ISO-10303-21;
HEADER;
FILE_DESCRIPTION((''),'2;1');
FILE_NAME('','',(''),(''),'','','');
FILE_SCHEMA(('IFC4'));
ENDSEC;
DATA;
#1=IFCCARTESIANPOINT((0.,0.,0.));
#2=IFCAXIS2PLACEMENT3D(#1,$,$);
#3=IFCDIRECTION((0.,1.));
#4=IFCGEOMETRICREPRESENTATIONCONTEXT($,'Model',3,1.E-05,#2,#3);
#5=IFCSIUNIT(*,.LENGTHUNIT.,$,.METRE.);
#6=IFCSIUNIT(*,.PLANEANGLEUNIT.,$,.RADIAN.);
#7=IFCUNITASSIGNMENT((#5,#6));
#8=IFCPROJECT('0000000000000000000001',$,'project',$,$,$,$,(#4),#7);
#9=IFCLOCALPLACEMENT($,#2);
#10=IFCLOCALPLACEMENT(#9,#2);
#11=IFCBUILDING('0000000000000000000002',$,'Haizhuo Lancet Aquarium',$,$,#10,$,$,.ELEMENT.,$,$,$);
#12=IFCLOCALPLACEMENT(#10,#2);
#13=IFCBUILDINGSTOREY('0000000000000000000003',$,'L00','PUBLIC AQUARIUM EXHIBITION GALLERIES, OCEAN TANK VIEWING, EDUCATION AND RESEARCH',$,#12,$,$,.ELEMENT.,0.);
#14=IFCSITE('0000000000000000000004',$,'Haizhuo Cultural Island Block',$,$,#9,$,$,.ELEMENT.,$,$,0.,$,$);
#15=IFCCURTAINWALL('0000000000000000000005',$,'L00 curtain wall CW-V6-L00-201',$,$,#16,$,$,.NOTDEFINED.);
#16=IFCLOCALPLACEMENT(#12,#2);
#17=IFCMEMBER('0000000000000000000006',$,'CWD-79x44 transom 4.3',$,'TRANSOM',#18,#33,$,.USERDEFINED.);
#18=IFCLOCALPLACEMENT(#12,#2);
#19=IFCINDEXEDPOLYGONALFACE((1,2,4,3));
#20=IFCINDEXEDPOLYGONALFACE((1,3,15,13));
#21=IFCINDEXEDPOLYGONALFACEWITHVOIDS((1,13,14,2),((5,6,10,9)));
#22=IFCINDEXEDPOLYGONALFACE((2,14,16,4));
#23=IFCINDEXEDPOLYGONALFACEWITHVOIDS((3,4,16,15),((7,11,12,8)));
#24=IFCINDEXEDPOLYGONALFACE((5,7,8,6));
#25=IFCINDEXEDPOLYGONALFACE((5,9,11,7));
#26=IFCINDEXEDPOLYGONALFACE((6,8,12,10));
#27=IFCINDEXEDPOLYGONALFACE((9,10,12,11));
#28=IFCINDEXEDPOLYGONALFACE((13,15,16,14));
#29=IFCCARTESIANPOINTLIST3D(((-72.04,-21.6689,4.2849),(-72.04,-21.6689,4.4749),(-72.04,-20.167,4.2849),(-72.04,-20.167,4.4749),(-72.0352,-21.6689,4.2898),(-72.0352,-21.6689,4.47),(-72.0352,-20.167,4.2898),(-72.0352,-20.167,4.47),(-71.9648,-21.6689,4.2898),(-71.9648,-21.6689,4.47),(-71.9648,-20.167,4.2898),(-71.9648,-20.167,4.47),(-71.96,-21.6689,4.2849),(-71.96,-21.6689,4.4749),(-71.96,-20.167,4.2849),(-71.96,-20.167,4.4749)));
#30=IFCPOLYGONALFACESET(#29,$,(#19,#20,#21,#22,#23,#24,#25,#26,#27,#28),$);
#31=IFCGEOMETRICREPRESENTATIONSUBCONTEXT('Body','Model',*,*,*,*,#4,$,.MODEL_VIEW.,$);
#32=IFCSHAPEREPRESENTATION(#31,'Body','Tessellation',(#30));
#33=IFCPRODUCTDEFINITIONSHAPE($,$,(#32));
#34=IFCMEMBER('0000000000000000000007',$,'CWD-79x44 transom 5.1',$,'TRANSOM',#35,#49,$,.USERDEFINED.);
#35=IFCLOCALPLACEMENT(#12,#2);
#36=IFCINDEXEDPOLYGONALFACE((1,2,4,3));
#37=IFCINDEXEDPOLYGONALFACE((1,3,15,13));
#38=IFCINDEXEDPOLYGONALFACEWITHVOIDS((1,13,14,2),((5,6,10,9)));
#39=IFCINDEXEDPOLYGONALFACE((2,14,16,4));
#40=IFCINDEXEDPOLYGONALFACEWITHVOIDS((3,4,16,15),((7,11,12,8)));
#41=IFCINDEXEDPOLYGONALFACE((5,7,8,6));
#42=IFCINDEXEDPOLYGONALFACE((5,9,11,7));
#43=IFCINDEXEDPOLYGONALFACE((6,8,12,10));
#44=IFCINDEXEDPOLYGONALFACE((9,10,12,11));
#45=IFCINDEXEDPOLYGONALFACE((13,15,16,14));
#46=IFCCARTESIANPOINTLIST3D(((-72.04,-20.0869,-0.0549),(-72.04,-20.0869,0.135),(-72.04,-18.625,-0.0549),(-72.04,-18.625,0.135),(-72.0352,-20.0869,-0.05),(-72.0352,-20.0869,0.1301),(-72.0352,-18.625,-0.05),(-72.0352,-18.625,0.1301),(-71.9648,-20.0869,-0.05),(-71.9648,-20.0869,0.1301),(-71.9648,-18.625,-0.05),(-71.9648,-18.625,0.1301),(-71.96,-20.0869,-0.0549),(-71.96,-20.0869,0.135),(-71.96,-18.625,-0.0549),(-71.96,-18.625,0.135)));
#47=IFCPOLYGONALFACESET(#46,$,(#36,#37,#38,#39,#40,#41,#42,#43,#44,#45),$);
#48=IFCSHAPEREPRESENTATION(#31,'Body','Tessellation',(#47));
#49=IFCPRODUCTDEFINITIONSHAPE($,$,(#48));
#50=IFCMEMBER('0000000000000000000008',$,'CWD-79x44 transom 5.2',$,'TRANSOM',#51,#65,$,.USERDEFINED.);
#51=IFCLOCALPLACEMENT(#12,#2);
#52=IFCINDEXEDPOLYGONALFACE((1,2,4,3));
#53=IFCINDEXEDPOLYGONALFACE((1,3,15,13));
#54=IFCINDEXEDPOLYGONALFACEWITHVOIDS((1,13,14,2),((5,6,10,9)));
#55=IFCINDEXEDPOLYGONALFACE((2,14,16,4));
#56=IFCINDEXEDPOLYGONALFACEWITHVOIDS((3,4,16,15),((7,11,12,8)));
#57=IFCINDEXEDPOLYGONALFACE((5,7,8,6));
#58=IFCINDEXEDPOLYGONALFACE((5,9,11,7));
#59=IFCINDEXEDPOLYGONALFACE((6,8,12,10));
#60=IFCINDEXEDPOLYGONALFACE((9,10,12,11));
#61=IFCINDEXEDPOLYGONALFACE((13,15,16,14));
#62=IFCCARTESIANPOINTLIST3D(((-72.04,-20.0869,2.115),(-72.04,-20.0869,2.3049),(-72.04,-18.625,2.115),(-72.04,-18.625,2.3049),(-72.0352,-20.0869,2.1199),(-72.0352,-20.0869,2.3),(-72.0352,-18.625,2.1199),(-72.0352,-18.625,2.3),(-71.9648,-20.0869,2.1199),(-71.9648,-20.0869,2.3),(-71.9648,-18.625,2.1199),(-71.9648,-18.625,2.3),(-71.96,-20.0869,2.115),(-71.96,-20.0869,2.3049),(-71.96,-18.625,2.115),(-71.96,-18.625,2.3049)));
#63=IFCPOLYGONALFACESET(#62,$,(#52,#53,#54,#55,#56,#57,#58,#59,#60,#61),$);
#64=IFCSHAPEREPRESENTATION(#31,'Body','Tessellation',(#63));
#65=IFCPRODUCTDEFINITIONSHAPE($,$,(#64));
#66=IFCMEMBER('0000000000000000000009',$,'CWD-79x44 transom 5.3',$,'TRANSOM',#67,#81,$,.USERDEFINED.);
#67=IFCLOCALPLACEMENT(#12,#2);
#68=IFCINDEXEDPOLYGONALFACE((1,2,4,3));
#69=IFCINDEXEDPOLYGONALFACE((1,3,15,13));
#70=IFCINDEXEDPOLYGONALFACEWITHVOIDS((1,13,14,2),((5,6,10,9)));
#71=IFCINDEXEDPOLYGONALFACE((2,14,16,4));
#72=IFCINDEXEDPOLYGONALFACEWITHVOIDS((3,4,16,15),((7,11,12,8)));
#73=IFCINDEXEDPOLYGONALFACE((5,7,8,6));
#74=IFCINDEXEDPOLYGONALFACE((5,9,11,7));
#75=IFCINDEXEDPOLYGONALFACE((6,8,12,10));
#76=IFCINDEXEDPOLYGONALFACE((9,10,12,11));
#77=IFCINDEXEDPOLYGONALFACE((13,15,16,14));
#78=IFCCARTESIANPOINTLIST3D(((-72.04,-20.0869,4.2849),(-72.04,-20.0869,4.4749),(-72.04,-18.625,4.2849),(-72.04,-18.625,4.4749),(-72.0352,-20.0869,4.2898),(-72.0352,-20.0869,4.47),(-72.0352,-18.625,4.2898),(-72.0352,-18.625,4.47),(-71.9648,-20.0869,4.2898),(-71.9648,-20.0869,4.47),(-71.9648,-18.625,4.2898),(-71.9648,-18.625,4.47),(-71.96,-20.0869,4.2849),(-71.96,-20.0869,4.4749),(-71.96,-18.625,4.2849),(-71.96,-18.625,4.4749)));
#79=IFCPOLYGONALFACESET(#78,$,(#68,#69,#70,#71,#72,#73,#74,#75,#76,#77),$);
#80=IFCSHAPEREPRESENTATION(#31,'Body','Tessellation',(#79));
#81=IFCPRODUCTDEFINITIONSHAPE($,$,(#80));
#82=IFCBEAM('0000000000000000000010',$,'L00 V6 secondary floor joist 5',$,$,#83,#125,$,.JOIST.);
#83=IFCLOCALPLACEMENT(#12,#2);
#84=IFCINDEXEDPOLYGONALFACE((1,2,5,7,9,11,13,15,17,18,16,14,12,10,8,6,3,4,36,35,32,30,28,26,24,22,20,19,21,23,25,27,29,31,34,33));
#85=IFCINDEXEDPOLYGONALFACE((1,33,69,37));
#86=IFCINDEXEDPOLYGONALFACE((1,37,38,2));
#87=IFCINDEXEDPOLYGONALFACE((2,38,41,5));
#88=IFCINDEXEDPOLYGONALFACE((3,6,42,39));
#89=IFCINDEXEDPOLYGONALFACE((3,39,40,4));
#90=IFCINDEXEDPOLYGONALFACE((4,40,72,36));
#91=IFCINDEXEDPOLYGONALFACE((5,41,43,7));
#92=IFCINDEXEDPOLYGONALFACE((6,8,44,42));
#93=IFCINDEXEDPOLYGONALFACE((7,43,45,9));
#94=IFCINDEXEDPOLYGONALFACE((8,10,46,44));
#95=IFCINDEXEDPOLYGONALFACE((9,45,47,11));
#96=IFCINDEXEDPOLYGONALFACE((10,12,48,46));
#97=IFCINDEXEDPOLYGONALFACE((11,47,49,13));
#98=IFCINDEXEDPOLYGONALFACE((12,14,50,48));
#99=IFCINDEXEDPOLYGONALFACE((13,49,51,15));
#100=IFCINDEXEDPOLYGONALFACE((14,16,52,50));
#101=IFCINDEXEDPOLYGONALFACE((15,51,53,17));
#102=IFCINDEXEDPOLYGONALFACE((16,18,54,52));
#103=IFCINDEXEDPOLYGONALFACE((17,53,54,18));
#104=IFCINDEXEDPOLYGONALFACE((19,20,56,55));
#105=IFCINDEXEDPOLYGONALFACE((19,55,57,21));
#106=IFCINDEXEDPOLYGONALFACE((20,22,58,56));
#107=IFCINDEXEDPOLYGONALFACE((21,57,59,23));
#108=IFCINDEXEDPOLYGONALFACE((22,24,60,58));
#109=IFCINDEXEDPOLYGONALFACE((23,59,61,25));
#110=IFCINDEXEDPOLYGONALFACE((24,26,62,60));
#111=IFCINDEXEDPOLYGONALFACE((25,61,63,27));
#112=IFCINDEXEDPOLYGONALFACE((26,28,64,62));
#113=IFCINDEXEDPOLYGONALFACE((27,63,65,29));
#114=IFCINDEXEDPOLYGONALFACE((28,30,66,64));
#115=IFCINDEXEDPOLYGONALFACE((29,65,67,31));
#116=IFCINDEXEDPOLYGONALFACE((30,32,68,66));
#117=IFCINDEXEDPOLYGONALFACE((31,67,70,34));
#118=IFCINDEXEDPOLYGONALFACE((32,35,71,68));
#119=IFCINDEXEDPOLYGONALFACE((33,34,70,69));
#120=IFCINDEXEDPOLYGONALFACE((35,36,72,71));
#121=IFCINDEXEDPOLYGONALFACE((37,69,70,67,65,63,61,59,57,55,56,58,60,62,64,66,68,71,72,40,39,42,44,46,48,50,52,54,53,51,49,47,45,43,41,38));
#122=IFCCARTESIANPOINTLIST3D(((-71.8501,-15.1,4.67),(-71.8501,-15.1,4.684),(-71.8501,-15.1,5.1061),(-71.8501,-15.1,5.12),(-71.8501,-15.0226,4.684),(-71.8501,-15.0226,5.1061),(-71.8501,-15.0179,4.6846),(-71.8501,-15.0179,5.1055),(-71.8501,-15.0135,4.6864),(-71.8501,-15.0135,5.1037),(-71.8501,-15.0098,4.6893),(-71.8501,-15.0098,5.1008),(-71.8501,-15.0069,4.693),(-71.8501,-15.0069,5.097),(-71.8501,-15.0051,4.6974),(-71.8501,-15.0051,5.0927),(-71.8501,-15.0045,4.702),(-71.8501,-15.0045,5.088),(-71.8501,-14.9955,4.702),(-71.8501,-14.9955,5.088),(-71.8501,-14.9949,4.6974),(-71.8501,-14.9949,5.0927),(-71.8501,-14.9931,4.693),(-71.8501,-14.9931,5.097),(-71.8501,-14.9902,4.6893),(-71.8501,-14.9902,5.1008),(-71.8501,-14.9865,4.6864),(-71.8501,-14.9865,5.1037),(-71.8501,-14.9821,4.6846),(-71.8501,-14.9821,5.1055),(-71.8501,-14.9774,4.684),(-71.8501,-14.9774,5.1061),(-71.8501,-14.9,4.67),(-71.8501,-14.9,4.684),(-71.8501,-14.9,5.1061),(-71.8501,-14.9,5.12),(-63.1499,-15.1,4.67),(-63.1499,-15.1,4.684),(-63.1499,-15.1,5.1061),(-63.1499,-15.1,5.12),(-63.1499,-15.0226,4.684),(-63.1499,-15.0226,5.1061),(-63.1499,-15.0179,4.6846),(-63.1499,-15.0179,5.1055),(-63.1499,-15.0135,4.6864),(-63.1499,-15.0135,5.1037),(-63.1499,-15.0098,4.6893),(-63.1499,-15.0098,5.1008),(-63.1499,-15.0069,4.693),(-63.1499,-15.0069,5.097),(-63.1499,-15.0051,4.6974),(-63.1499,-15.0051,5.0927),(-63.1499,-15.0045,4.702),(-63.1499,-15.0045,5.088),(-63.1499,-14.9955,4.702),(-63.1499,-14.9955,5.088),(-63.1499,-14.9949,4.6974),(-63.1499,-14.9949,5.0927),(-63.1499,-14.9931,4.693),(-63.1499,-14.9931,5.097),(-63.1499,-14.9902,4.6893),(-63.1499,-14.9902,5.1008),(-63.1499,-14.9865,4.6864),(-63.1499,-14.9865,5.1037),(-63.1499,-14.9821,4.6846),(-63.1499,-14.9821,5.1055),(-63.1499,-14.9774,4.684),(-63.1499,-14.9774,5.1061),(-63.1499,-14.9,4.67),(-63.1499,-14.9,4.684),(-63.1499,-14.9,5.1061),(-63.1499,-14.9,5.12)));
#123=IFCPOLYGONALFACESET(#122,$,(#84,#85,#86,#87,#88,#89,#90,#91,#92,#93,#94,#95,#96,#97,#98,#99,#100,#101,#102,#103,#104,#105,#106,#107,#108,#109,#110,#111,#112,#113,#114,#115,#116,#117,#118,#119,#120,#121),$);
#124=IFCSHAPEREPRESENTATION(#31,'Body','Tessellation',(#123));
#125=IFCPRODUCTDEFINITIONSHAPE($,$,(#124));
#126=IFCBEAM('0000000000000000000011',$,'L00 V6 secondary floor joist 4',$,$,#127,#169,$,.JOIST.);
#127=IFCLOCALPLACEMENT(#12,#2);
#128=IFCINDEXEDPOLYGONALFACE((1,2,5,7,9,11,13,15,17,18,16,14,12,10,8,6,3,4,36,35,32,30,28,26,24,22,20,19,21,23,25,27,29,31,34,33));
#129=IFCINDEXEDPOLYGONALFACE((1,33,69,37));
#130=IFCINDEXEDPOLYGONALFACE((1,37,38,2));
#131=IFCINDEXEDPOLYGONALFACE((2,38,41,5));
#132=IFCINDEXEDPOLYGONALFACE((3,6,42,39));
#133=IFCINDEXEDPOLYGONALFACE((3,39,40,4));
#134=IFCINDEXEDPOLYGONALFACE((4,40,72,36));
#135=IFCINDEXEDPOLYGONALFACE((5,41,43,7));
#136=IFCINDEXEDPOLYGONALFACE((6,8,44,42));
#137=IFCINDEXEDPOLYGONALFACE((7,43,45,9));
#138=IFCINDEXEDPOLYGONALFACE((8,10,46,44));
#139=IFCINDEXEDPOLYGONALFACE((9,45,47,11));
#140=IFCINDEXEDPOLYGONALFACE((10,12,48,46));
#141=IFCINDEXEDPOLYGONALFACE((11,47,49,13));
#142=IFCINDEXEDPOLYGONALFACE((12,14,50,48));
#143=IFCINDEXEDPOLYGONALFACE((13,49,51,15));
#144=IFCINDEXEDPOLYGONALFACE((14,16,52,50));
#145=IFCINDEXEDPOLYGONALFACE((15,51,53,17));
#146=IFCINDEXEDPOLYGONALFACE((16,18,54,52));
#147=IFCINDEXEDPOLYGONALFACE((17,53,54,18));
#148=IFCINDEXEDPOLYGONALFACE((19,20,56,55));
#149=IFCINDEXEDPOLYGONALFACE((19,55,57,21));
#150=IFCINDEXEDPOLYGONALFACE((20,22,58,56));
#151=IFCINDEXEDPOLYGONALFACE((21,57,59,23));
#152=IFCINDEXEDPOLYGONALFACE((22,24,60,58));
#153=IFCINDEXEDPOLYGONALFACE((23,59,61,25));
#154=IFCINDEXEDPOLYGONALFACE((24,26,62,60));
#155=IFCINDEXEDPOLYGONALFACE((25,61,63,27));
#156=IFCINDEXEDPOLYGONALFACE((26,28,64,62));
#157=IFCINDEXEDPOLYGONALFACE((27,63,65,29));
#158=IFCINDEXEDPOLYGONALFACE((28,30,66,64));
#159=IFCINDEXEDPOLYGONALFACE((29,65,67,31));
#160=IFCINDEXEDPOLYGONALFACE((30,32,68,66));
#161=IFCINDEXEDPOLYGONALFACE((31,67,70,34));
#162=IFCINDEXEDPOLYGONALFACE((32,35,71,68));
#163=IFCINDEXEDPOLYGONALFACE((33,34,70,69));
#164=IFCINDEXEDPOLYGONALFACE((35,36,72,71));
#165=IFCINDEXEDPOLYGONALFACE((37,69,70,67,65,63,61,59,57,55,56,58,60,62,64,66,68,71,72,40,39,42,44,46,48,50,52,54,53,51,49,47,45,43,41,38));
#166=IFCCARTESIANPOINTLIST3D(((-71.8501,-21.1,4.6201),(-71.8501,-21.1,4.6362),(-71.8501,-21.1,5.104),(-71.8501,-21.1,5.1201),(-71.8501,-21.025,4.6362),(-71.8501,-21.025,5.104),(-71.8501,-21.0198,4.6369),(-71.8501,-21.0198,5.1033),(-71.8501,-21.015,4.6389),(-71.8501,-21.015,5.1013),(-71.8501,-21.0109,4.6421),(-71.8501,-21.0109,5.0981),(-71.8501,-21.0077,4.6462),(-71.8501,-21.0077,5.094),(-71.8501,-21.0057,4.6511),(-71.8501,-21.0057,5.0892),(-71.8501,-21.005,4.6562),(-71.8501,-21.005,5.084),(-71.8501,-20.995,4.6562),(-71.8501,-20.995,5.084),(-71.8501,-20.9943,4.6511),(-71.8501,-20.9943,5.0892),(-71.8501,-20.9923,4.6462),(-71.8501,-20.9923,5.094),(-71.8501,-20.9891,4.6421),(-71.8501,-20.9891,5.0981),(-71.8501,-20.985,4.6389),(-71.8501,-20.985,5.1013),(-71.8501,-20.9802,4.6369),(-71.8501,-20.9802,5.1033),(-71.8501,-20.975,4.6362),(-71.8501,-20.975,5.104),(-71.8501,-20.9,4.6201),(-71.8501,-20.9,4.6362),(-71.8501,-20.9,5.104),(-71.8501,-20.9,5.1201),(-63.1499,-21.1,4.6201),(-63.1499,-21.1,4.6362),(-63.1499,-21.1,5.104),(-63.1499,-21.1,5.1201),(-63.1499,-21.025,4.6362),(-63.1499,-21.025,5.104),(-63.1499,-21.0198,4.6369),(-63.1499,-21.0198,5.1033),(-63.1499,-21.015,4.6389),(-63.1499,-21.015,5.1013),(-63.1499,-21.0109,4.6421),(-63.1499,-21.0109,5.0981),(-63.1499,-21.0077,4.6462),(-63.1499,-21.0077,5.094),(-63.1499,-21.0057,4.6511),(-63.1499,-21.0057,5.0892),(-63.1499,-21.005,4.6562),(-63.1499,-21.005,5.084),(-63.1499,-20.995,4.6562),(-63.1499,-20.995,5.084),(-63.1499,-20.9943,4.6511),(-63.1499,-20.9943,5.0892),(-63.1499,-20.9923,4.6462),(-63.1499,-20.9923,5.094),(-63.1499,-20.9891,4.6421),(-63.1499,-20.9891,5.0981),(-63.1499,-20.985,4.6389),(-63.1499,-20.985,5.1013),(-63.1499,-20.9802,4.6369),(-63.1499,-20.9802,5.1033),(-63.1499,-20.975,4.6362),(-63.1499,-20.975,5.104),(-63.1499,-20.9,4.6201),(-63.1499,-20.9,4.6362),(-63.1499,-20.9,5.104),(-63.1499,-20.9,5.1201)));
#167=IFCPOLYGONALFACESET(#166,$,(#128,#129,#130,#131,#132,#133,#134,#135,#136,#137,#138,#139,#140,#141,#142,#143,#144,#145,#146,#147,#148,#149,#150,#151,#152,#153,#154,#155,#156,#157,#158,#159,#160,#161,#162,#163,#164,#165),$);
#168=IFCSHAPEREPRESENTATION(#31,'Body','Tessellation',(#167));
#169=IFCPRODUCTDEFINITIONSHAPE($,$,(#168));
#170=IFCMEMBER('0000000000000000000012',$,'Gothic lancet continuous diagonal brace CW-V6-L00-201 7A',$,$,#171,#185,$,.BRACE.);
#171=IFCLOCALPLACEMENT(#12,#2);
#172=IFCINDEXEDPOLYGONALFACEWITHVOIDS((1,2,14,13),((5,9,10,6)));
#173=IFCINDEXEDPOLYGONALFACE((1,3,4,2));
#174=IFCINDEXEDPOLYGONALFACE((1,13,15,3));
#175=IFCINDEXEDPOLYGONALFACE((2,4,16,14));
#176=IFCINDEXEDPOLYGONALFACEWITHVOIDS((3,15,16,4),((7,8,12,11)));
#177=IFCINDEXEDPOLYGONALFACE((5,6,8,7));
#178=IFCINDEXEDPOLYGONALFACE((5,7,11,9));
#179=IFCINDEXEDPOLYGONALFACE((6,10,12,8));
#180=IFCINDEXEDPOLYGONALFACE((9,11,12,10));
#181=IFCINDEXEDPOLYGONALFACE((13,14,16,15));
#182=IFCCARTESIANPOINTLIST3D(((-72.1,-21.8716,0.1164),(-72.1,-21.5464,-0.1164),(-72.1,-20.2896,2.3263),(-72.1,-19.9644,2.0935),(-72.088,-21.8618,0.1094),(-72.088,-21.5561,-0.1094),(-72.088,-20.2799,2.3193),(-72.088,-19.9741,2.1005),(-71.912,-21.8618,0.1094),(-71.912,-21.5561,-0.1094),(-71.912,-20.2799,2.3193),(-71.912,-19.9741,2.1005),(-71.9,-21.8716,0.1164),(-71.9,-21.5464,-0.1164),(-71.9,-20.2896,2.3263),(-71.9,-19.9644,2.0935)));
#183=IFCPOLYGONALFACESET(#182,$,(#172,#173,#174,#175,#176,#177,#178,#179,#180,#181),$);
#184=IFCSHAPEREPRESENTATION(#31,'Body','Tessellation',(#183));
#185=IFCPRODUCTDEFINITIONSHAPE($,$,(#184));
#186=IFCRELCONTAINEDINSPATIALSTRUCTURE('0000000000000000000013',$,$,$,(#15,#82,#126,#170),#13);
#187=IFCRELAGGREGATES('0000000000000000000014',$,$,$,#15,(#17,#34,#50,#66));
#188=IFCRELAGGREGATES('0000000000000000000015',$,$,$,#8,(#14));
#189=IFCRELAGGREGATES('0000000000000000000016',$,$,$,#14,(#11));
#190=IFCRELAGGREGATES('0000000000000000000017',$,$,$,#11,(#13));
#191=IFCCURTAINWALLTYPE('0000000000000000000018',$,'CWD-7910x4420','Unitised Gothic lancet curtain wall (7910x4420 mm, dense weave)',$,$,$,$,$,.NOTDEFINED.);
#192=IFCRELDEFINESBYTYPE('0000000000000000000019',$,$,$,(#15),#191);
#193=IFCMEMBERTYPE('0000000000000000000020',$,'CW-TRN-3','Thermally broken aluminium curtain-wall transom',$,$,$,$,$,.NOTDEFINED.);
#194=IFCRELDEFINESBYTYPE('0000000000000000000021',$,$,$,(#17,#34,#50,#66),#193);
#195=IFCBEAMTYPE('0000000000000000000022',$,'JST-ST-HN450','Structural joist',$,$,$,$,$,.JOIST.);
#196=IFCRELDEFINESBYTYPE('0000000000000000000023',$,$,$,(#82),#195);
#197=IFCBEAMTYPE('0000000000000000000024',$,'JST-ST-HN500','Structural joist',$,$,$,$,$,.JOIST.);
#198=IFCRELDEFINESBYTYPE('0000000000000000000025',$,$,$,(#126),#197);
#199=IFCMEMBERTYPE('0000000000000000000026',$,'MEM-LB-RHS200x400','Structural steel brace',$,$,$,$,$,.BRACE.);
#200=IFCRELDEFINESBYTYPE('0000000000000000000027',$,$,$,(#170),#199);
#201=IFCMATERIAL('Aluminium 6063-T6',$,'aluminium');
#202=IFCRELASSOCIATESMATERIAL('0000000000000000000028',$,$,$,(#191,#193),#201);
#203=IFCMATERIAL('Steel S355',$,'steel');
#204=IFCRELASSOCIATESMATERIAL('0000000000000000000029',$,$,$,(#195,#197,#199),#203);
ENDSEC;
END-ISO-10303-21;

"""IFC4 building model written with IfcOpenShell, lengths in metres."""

from ifc_helpers import new_model, si_unit, direction, frame, origin, origin_2d, place, context, subcontext, project, spatial, hollow_rectangle, i_section, extrude, material, material_profile, profile_set, type_object, element, aggregate, save


model = new_model("IFC4")

# Units and contexts
model_context = context("Model", 3, precision=1e-05, world=origin(), true_north=direction((0.0, 1.0)))
body_context = subcontext(model_context, "Body", "Model", "MODEL_VIEW")
ifc_project = project(units=[si_unit("LENGTHUNIT", "METRE"), si_unit("PLANEANGLEUNIT", "RADIAN")], contexts=[model_context])

# Site, building, storey
site_placement = place(None, origin())
site = spatial("IfcSite", under=ifc_project, at=site_placement, Name="Haizhuo Cultural Island Block", CompositionType="ELEMENT", RefElevation=0.0)
building_placement = place(site_placement, origin())
building = spatial("IfcBuilding", under=site, at=building_placement, Name="Haizhuo Lancet Aquarium", CompositionType="ELEMENT")
storey_placement = place(building_placement, origin())
storey = spatial("IfcBuildingStorey", under=building, at=storey_placement, Name="L00", Description="PUBLIC AQUARIUM EXHIBITION GALLERIES, OCEAN TANK VIEWING, EDUCATION AND RESEARCH", CompositionType="ELEMENT", Elevation=0.0)

# Shared definitions
ifc_material_1 = material(Name="Steel S355", Category="steel")

# Curtain wall, members
ifc_material_2 = material(Name="Aluminium 6063-T6", Category="aluminium")
curtain_wall_type = type_object("IfcCurtainWallType", Name="CWD-7910x4420", Description="Unitised Gothic lancet curtain wall (7910x4420 mm, dense weave)", PredefinedType="NOTDEFINED", material=ifc_material_2)
curtain_wall_placement = place(storey_placement, origin())
curtain_wall = element("IfcCurtainWall", 1, at=curtain_wall_placement, inside=storey, type_object=curtain_wall_type, Name="L00 curtain wall CW-V6-L00-201", PredefinedType="NOTDEFINED")
ifc_material_profile_1 = material_profile(ifc_material_2, hollow_rectangle(XDim=0.0801, YDim=0.1899, WallThickness=0.0049, at=origin_2d()), Name="ALU-T 80x190x5")
ifc_profile_set_1 = profile_set([ifc_material_profile_1], Name="Aluminium 6063-T6")
member_type_1 = type_object("IfcMemberType", Name="CW-TRN-3", Description="Thermally broken aluminium curtain-wall transom", PredefinedType="NOTDEFINED", material=ifc_profile_set_1)
member_1_placement = place(storey_placement, frame((-72.0, -21.6689, 4.3799), z_axis=(0.0, 1.0, 0.0), x_axis=(-1.0, 0.0, 0.0)))
member_1 = element("IfcMember", 2, at=member_1_placement, type_object=member_type_1, Name="CWD-79x44 transom 4.3", ObjectType="TRANSOM", PredefinedType="USERDEFINED", context=body_context, shape_type="SweptSolid", body=[
    extrude(hollow_rectangle(XDim=0.0801, YDim=0.1899, WallThickness=0.0049, at=origin_2d()), origin(), (0.0, 0.0, 1.0), 1.502),
])
member_2_placement = place(storey_placement, frame((-72.0, -20.0869, 0.04), z_axis=(0.0, 1.0, 0.0), x_axis=(-1.0, 0.0, 0.0)))
member_2 = element("IfcMember", 3, at=member_2_placement, type_object=member_type_1, Name="CWD-79x44 transom 5.1", ObjectType="TRANSOM", PredefinedType="USERDEFINED", context=body_context, shape_type="SweptSolid", body=[
    extrude(hollow_rectangle(XDim=0.0801, YDim=0.1899, WallThickness=0.0049, at=origin_2d()), origin(), (0.0, 0.0, 1.0), 1.4619),
])
member_3_placement = place(storey_placement, frame((-72.0, -20.0869, 2.21), z_axis=(0.0, 1.0, 0.0), x_axis=(-1.0, 0.0, 0.0)))
member_3 = element("IfcMember", 4, at=member_3_placement, type_object=member_type_1, Name="CWD-79x44 transom 5.2", ObjectType="TRANSOM", PredefinedType="USERDEFINED", context=body_context, shape_type="SweptSolid", body=[
    extrude(hollow_rectangle(XDim=0.0801, YDim=0.1899, WallThickness=0.0049, at=origin_2d()), origin(), (0.0, 0.0, 1.0), 1.4619),
])
member_4_placement = place(storey_placement, frame((-72.0, -20.0869, 4.3799), z_axis=(0.0, 1.0, 0.0), x_axis=(-1.0, 0.0, 0.0)))
member_4 = element("IfcMember", 5, at=member_4_placement, type_object=member_type_1, Name="CWD-79x44 transom 5.3", ObjectType="TRANSOM", PredefinedType="USERDEFINED", context=body_context, shape_type="SweptSolid", body=[
    extrude(hollow_rectangle(XDim=0.0801, YDim=0.1899, WallThickness=0.0049, at=origin_2d()), origin(), (0.0, 0.0, 1.0), 1.4619),
])

# Beams
ifc_material_profile_2 = material_profile(ifc_material_1, i_section(OverallWidth=0.2, OverallDepth=0.45, WebThickness=0.009, FlangeThickness=0.0139, FilletRadius=0.0181, at=origin_2d()), Name="HN 450x200x9x14")
ifc_profile_set_2 = profile_set([ifc_material_profile_2], Name="Steel S355")
beam_type_1 = type_object("IfcBeamType", Name="JST-ST-HN450", Description="Structural joist", PredefinedType="JOIST", material=ifc_profile_set_2)
beam_1_placement = place(storey_placement, frame((-71.8501, -15.0, 4.895), z_axis=(1.0, 0.0, 0.0), x_axis=(0.0, 1.0, 0.0)))
element("IfcBeam", 6, at=beam_1_placement, inside=storey, type_object=beam_type_1, Name="L00 V6 secondary floor joist 5", PredefinedType="JOIST", context=body_context, shape_type="SweptSolid", body=[
    extrude(i_section(OverallWidth=0.2, OverallDepth=0.45, WebThickness=0.009, FlangeThickness=0.0139, FilletRadius=0.0181, at=origin_2d()), origin(), (0.0, 0.0, 1.0), 8.7002),
])
ifc_material_profile_3 = material_profile(ifc_material_1, i_section(OverallWidth=0.2, OverallDepth=0.5, WebThickness=0.01, FlangeThickness=0.0161, FilletRadius=0.02, at=origin_2d()), Name="HN 500x200x10x16")
ifc_profile_set_3 = profile_set([ifc_material_profile_3], Name="Steel S355")
beam_type_2 = type_object("IfcBeamType", Name="JST-ST-HN500", Description="Structural joist", PredefinedType="JOIST", material=ifc_profile_set_3)
beam_2_placement = place(storey_placement, frame((-71.8501, -21.0, 4.8701), z_axis=(1.0, 0.0, 0.0), x_axis=(0.0, 1.0, 0.0)))
element("IfcBeam", 7, at=beam_2_placement, inside=storey, type_object=beam_type_2, Name="L00 V6 secondary floor joist 4", PredefinedType="JOIST", context=body_context, shape_type="SweptSolid", body=[
    extrude(i_section(OverallWidth=0.2, OverallDepth=0.5, WebThickness=0.01, FlangeThickness=0.0161, FilletRadius=0.02, at=origin_2d()), origin(), (0.0, 0.0, 1.0), 8.7002),
])

# Member
ifc_material_profile_4 = material_profile(ifc_material_1, hollow_rectangle(XDim=0.2, YDim=0.3999, WallThickness=0.012, at=origin_2d()), Name="RHS 200x400x12")
ifc_profile_set_4 = profile_set([ifc_material_profile_4], Name="Steel S355")
member_type_2 = type_object("IfcMemberType", Name="MEM-LB-RHS200x400", Description="Structural steel brace", PredefinedType="BRACE", material=ifc_profile_set_4)
member_5_placement = place(storey_placement, frame((-72.0, -21.709, 0.0), z_axis=(0.0, 0.582088, 0.813126), x_axis=(-1.0, 0.0, 0.0)))
element("IfcMember", 8, at=member_5_placement, inside=storey, type_object=member_type_2, Name="Gothic lancet continuous diagonal brace CW-V6-L00-201 7A", PredefinedType="BRACE", context=body_context, shape_type="SweptSolid", body=[
    extrude(hollow_rectangle(XDim=0.2, YDim=0.3999, WallThickness=0.012, at=origin_2d()), origin(), (0.0, 0.0, 1.0), 2.7178),
])

aggregate(curtain_wall, [member_1, member_2, member_3, member_4])

save(model, "model.ifc")
